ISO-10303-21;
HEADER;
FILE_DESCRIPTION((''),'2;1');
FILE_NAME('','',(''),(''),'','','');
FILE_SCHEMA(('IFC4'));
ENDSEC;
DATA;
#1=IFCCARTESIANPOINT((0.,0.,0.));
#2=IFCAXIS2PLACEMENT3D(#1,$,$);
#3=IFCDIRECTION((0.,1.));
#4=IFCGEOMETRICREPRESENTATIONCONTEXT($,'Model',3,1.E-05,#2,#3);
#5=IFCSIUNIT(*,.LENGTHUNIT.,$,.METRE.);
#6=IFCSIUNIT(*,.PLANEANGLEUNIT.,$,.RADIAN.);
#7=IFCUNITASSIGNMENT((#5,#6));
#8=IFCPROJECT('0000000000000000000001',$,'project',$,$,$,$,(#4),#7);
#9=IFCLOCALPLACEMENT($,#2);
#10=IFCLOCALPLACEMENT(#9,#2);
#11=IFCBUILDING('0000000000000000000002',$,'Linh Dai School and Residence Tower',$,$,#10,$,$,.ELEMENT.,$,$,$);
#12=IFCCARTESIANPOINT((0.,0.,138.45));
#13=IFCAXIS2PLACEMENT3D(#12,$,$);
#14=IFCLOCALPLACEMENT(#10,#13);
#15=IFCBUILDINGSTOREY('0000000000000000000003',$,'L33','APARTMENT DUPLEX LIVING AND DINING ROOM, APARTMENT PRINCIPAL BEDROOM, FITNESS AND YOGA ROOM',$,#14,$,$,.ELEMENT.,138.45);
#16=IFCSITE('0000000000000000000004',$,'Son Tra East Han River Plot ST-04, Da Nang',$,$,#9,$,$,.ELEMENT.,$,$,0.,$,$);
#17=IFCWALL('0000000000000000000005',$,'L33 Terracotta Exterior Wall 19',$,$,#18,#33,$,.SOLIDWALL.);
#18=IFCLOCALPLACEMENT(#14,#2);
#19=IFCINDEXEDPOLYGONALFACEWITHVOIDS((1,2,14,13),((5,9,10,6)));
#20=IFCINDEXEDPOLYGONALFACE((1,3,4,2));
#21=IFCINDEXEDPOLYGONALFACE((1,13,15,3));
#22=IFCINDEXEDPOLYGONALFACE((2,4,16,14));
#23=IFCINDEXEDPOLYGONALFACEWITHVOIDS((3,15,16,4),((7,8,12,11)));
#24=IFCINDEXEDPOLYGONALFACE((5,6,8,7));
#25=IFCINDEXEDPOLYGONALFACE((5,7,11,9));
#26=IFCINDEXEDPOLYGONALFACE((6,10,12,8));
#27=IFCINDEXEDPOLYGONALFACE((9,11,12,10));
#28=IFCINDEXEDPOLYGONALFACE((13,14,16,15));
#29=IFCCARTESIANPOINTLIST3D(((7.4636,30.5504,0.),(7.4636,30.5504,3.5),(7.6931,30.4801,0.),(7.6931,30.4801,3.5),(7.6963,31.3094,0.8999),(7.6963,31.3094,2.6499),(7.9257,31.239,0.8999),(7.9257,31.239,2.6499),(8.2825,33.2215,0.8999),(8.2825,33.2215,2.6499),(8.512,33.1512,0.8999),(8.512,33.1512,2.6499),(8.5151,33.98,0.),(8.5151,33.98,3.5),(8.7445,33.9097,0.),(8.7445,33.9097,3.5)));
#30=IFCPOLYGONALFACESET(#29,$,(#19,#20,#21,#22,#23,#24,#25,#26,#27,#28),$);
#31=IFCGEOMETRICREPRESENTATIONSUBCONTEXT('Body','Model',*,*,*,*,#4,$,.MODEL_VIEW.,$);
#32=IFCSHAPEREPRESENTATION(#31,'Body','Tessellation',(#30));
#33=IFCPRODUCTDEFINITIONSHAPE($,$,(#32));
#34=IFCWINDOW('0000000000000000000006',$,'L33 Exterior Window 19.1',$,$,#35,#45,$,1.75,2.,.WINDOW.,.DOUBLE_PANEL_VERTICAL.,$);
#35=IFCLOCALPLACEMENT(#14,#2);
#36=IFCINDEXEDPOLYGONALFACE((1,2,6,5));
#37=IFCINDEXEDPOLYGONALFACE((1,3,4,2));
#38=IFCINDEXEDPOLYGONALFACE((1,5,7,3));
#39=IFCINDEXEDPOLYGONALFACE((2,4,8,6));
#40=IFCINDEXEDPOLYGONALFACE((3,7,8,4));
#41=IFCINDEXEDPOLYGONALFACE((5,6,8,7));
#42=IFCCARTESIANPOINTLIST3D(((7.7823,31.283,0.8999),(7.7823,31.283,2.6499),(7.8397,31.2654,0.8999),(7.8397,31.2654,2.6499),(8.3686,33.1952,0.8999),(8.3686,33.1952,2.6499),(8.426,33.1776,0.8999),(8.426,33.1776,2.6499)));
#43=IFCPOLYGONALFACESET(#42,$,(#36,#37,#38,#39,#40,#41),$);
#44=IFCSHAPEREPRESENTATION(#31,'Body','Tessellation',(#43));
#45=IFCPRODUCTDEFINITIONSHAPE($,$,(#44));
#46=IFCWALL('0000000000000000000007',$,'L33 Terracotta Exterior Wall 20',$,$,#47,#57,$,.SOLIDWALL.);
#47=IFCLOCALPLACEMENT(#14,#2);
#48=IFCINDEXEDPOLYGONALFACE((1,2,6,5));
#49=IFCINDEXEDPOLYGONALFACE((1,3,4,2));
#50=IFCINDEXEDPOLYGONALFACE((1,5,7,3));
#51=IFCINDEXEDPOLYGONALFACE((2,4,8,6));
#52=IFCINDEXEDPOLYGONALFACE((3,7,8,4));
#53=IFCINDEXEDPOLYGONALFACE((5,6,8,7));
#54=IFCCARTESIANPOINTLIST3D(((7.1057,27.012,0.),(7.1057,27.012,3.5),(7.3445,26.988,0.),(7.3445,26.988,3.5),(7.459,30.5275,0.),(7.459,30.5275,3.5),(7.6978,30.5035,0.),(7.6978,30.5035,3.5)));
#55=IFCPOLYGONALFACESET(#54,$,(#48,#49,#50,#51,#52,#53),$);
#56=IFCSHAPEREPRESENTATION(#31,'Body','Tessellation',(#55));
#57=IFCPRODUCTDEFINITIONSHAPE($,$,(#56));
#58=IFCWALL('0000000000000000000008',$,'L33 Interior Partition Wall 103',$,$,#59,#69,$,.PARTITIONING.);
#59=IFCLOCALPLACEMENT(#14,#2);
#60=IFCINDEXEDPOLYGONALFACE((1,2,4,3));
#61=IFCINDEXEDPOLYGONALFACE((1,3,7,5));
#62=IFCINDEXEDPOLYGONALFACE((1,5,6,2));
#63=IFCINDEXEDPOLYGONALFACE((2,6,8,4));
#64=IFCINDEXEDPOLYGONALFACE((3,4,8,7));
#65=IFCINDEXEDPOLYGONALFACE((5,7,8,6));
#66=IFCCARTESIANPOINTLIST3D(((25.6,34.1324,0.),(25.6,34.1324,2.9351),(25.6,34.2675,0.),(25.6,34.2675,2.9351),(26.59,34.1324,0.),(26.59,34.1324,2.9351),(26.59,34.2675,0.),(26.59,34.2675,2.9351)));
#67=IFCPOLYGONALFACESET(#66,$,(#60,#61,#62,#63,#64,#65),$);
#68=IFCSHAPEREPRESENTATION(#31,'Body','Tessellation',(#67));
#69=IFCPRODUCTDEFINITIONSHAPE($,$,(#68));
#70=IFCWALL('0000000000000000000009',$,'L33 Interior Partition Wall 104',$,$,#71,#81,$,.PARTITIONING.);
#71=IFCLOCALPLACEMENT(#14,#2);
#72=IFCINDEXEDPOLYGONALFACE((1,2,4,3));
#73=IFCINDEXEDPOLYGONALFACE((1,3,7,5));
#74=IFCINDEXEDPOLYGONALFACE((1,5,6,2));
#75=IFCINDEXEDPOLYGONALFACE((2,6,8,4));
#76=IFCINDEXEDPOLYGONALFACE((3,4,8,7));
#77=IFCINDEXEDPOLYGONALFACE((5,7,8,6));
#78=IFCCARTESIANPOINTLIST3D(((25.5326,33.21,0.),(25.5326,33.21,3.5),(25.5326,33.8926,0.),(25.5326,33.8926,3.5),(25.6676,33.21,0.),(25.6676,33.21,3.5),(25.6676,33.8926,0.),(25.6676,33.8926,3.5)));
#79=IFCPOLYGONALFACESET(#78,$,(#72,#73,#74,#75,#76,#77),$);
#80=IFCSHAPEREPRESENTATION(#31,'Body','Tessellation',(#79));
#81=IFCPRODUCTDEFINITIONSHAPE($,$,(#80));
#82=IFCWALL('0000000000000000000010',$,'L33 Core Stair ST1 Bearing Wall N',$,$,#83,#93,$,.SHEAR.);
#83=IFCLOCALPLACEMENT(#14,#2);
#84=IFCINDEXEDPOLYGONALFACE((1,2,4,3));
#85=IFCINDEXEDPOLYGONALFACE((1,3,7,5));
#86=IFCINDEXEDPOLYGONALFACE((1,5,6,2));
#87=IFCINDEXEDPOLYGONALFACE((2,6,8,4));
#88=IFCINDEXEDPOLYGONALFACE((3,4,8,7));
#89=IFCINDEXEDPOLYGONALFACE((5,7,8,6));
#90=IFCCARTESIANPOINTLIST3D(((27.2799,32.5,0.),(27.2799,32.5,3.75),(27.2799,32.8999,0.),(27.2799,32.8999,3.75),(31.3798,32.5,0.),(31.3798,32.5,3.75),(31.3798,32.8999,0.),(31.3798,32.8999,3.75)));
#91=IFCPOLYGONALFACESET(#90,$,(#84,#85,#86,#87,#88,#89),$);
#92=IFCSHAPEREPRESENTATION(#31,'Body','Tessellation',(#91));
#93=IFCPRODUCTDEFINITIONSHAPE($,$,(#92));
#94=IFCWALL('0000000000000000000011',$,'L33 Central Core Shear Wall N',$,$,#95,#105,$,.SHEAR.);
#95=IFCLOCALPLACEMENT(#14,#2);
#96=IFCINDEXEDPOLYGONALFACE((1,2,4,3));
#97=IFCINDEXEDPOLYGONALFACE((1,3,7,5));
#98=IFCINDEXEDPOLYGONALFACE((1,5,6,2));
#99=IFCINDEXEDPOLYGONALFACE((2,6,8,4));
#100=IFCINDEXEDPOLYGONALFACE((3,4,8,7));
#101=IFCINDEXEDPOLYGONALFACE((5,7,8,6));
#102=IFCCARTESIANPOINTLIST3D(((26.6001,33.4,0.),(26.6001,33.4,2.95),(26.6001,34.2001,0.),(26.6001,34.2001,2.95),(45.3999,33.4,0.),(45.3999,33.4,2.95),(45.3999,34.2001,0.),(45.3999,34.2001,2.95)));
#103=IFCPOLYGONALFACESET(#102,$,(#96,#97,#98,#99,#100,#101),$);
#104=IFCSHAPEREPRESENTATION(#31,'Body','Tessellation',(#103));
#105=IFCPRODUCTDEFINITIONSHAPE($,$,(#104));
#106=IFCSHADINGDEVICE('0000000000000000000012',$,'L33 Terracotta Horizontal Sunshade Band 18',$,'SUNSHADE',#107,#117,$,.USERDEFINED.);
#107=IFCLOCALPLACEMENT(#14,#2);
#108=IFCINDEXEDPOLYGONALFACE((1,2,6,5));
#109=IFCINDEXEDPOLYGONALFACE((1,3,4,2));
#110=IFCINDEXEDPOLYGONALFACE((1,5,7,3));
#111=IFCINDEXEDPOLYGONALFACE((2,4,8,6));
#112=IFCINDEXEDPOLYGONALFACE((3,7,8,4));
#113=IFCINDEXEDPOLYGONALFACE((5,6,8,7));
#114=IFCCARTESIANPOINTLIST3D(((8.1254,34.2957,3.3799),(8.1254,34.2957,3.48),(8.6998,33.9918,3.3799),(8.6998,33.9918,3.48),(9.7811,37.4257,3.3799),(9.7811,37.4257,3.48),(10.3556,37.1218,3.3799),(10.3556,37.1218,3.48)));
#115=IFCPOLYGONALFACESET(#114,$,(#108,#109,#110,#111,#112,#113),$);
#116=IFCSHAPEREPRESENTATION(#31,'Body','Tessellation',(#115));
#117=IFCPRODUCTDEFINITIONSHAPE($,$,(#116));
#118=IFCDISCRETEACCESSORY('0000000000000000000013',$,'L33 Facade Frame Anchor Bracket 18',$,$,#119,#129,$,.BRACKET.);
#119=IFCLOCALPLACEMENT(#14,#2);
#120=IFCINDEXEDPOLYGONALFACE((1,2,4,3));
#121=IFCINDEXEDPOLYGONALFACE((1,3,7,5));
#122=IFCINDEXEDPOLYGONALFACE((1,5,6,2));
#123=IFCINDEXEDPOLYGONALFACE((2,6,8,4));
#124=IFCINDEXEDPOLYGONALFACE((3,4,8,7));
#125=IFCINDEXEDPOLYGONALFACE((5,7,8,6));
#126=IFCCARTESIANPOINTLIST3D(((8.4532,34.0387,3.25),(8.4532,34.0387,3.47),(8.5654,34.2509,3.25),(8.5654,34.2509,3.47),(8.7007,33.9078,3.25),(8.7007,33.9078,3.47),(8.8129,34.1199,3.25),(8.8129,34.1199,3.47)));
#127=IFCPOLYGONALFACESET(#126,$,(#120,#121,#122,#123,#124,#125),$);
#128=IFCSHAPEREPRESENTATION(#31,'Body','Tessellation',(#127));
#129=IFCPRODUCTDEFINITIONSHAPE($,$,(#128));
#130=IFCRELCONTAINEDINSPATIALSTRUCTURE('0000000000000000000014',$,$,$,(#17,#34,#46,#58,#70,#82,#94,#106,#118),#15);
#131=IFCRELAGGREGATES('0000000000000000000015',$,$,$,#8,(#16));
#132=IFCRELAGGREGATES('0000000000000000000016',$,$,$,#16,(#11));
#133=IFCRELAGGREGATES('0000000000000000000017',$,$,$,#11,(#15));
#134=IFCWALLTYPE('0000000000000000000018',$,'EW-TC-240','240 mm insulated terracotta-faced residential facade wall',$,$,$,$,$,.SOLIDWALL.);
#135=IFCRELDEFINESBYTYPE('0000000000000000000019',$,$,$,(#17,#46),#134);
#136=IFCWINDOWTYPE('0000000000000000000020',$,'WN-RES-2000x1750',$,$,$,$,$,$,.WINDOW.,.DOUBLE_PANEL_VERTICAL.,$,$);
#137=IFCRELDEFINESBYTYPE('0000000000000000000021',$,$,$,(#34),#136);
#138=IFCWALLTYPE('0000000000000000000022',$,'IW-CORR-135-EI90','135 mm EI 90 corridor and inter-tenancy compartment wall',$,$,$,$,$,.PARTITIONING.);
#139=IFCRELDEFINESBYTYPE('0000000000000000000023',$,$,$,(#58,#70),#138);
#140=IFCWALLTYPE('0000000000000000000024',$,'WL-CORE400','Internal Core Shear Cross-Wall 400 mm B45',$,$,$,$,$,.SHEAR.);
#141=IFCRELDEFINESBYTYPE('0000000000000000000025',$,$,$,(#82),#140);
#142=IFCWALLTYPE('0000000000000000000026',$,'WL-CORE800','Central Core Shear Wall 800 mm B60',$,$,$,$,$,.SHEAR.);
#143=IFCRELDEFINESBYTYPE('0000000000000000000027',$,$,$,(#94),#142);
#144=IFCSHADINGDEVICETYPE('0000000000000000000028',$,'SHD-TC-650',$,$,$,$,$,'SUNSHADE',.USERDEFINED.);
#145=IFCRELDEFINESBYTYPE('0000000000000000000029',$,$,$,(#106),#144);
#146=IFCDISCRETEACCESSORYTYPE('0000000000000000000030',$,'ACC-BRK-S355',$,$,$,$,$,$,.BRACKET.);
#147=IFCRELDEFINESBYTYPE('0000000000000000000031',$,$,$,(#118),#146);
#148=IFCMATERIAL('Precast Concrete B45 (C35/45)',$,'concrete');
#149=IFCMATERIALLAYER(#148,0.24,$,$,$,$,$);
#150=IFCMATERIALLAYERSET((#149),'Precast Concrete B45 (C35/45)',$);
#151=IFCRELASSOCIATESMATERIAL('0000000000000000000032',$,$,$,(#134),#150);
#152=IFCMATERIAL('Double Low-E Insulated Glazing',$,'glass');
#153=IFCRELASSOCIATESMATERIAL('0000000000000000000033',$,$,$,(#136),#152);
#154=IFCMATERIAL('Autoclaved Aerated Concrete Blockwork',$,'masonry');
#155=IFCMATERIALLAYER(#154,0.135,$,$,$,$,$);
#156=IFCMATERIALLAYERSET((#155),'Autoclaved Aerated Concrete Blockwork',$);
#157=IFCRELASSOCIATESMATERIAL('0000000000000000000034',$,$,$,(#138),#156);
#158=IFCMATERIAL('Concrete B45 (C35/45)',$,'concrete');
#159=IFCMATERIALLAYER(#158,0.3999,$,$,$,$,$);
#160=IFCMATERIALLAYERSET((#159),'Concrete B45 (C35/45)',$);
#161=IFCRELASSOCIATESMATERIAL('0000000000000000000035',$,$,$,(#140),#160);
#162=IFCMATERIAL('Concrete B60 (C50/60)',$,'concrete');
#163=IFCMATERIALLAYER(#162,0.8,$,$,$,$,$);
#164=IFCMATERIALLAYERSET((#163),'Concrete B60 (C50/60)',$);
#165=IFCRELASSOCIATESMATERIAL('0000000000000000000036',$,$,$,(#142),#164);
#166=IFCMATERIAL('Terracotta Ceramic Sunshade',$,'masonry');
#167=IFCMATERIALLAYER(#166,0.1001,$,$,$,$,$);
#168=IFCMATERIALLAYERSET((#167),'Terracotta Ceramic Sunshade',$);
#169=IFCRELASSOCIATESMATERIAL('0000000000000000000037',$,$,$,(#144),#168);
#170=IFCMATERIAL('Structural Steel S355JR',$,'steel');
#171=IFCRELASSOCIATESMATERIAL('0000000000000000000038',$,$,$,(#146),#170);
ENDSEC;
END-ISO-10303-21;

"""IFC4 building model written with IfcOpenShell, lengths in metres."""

from ifc_helpers import new_model, si_unit, direction, frame, frame_2d, origin, origin_2d, place, context, subcontext, project, spatial, rectangle, extrude, source, transform, mapped, material, layer, layer_set, type_object, element, fill, save


model = new_model("IFC4")

# Units and contexts
model_context = context("Model", 3, precision=1e-05, world=origin(), true_north=direction((0.0, 1.0)))
body_context = subcontext(model_context, "Body", "Model", "MODEL_VIEW")
ifc_project = project(units=[si_unit("LENGTHUNIT", "METRE"), si_unit("PLANEANGLEUNIT", "RADIAN")], contexts=[model_context])

# Site, building, storey
site_placement = place(None, origin())
site = spatial("IfcSite", under=ifc_project, at=site_placement, Name="Son Tra East Han River Plot ST-04, Da Nang", CompositionType="ELEMENT", RefElevation=0.0)
building_placement = place(site_placement, origin())
building = spatial("IfcBuilding", under=site, at=building_placement, Name="Linh Dai School and Residence Tower", CompositionType="ELEMENT")
storey_placement = place(building_placement, frame((0.0, 0.0, 138.45)))
storey = spatial("IfcBuildingStorey", under=building, at=storey_placement, Name="L33", Description="APARTMENT DUPLEX LIVING AND DINING ROOM, APARTMENT PRINCIPAL BEDROOM, FITNESS AND YOGA ROOM", CompositionType="ELEMENT", Elevation=138.45)

# Shared definitions
ifc_material_1 = material(Name="Concrete B60 (C50/60)", Category="concrete")
ifc_material_2 = material(Name="Structural Steel S355JR", Category="steel")

# Shared definitions
ifc_material_3 = material(Name="Precast Concrete B45 (C35/45)", Category="concrete")

# Shared definitions
ifc_layer_1 = layer(ifc_material_3, 0.24)
ifc_layer_set_1 = layer_set([ifc_layer_1], Name="Precast Concrete B45 (C35/45)")
wall_type_1 = type_object("IfcWallType", Name="EW-TC-240", Description="240 mm insulated terracotta-faced residential facade wall", PredefinedType="SOLIDWALL", material=ifc_layer_set_1)

# Wall, opening, window
wall_1_placement = place(storey_placement, frame((7.5784, 30.5154, 0.0), z_axis=(0.0, 0.0, 1.0), x_axis=(0.293124, 0.956074, 0.0)))
wall_1 = element("IfcWall", 1, at=wall_1_placement, inside=storey, type_object=wall_type_1, Name="L33 Terracotta Exterior Wall 19", PredefinedType="SOLIDWALL", context=body_context, shape_type="SweptSolid", body=[
    extrude(rectangle(XDim=3.5872, YDim=0.24, at=frame_2d((1.7935, 0.0))), origin(), (0.0, 0.0, 1.0), 3.5),
])
opening_placement = place(wall_1_placement, frame((0.7937, 0.0, 0.8999)))
opening = element("IfcOpeningElement", 2, at=opening_placement, cuts=wall_1, PredefinedType="OPENING", context=body_context, shape_type="SweptSolid", body=[
    extrude(rectangle(XDim=2.0, YDim=1.75, at=origin_2d()), frame((1.0, 0.1299, 0.875), z_axis=(0.0, -1.0, 0.0), x_axis=(1.0, 0.0, 0.0)), (0.0, 0.0, 1.0), 0.26),
])
ifc_material_4 = material(Name="Double Low-E Insulated Glazing", Category="glass")
window_type = type_object("IfcWindowType", Name="WN-RES-2000x1750", PartitioningType="DOUBLE_PANEL_VERTICAL", PredefinedType="WINDOW", material=ifc_material_4)
shared_shape_1 = source(origin(), body_context, "Body", "SweptSolid", [
    extrude(rectangle(XDim=2.0, YDim=1.75, at=origin_2d()), frame((1.0, 0.03, 0.875), z_axis=(0.0, -1.0, 0.0), x_axis=(1.0, 0.0, 0.0)), (0.0, 0.0, 1.0), 0.0601),
])
window_placement = place(opening_placement, origin())
window = element("IfcWindow", 3, at=window_placement, inside=storey, type_object=window_type, Name="L33 Exterior Window 19.1", OverallHeight=1.75, OverallWidth=2.0, PartitioningType="DOUBLE_PANEL_VERTICAL", PredefinedType="WINDOW", context=body_context, shape_type="MappedRepresentation", body=[
    mapped(shared_shape_1, transform((0.0, 0.0, 0.0), x_axis=(1.0, 0.0, 0.0), y_axis=(0.0, 1.0, 0.0), z_axis=(0.0, 0.0, 1.0), scale=1.0)),
])
fill(opening, window)

# Walls
wall_2_placement = place(storey_placement, frame((7.2251, 27.0, 0.0), z_axis=(0.0, 0.0, 1.0), x_axis=(0.099989, 0.994988, 0.0)))
element("IfcWall", 4, at=wall_2_placement, inside=storey, type_object=wall_type_1, Name="L33 Terracotta Exterior Wall 20", PredefinedType="SOLIDWALL", context=body_context, shape_type="SweptSolid", body=[
    extrude(rectangle(XDim=3.5332, YDim=0.24, at=frame_2d((1.7666, 0.0))), origin(), (0.0, 0.0, 1.0), 3.5),
])
ifc_material_5 = material(Name="Autoclaved Aerated Concrete Blockwork", Category="masonry")
ifc_layer_2 = layer(ifc_material_5, 0.135)
ifc_layer_set_2 = layer_set([ifc_layer_2], Name="Autoclaved Aerated Concrete Blockwork")
wall_type_2 = type_object("IfcWallType", Name="IW-CORR-135-EI90", Description="135 mm EI 90 corridor and inter-tenancy compartment wall", PredefinedType="PARTITIONING", material=ifc_layer_set_2)
wall_3_placement = place(storey_placement, frame((26.5901, 34.2, 0.0), z_axis=(0.0, 0.0, 1.0), x_axis=(-1.0, 0.0, 0.0)))
element("IfcWall", 5, at=wall_3_placement, inside=storey, type_object=wall_type_2, Name="L33 Interior Partition Wall 103", PredefinedType="PARTITIONING", context=body_context, shape_type="SweptSolid", body=[
    extrude(rectangle(XDim=0.99, YDim=0.135, at=frame_2d((0.4951, 0.0))), origin(), (0.0, 0.0, 1.0), 2.9351),
])
wall_4_placement = place(storey_placement, frame((25.6001, 33.8926, 0.0), z_axis=(0.0, 0.0, 1.0), x_axis=(0.0, -1.0, 0.0)))
element("IfcWall", 6, at=wall_4_placement, inside=storey, type_object=wall_type_2, Name="L33 Interior Partition Wall 104", PredefinedType="PARTITIONING", context=body_context, shape_type="SweptSolid", body=[
    extrude(rectangle(XDim=0.6826, YDim=0.135, at=frame_2d((0.3413, 0.0))), origin(), (0.0, 0.0, 1.0), 3.5),
])
ifc_material_6 = material(Name="Concrete B45 (C35/45)", Category="concrete")
ifc_layer_3 = layer(ifc_material_6, 0.3999)
ifc_layer_set_3 = layer_set([ifc_layer_3], Name="Concrete B45 (C35/45)")
wall_type_3 = type_object("IfcWallType", Name="WL-CORE400", Description="Internal Core Shear Cross-Wall 400 mm B45", PredefinedType="SHEAR", material=ifc_layer_set_3)
wall_5_placement = place(storey_placement, frame((27.28, 32.7, 0.0), z_axis=(0.0, 0.0, 1.0), x_axis=(1.0, 0.0, 0.0)))
element("IfcWall", 7, at=wall_5_placement, inside=storey, type_object=wall_type_3, Name="L33 Core Stair ST1 Bearing Wall N", PredefinedType="SHEAR", context=body_context, shape_type="SweptSolid", body=[
    extrude(rectangle(XDim=4.0999, YDim=0.3999, at=frame_2d((2.0498, 0.0))), origin(), (0.0, 0.0, 1.0), 3.75),
])
ifc_layer_4 = layer(ifc_material_1, 0.8)
ifc_layer_set_4 = layer_set([ifc_layer_4], Name="Concrete B60 (C50/60)")
wall_type_4 = type_object("IfcWallType", Name="WL-CORE800", Description="Central Core Shear Wall 800 mm B60", PredefinedType="SHEAR", material=ifc_layer_set_4)
wall_6_placement = place(storey_placement, frame((26.6001, 33.8, 0.0), z_axis=(0.0, 0.0, 1.0), x_axis=(1.0, 0.0, 0.0)))
element("IfcWall", 8, at=wall_6_placement, inside=storey, type_object=wall_type_4, Name="L33 Central Core Shear Wall N", PredefinedType="SHEAR", context=body_context, shape_type="SweptSolid", body=[
    extrude(rectangle(XDim=18.7998, YDim=0.8, at=frame_2d((9.3999, 0.0))), origin(), (0.0, 0.0, 1.0), 2.95),
])

# Shading device
ifc_material_7 = material(Name="Terracotta Ceramic Sunshade", Category="masonry")
ifc_layer_5 = layer(ifc_material_7, 0.1001)
ifc_layer_set_5 = layer_set([ifc_layer_5], Name="Terracotta Ceramic Sunshade")
shading_device_type = type_object("IfcShadingDeviceType", Name="SHD-TC-650", ElementType="SUNSHADE", PredefinedType="USERDEFINED", material=ifc_layer_set_5)
shared_shape_2 = source(origin(), body_context, "Body", "SweptSolid", [
    extrude(rectangle(XDim=3.541, YDim=0.6499, at=origin_2d()), origin(), (0.0, 0.0, 1.0), 0.1001),
])
shading_device_placement = place(storey_placement, frame((9.2405, 35.7087, 3.3799), z_axis=(0.0, 0.0, 1.0), x_axis=(0.467596, 0.883942, 0.0)))
element("IfcShadingDevice", 9, at=shading_device_placement, inside=storey, type_object=shading_device_type, Name="L33 Terracotta Horizontal Sunshade Band 18", ObjectType="SUNSHADE", PredefinedType="USERDEFINED", context=body_context, shape_type="MappedRepresentation", body=[
    mapped(shared_shape_2, transform((0.0, 0.0, 0.0), x_axis=(1.0, 0.0, 0.0), y_axis=(0.0, 1.0, 0.0), z_axis=(0.0, 0.0, 1.0), scale=1.0)),
])

# Discrete accessory
discrete_accessory_type = type_object("IfcDiscreteAccessoryType", Name="ACC-BRK-S355", PredefinedType="BRACKET", material=ifc_material_2)
shared_shape_3 = source(origin(), body_context, "Body", "SweptSolid", [
    extrude(rectangle(XDim=0.28, YDim=0.24, at=origin_2d()), origin(), (0.0, 0.0, 1.0), 0.22),
])
discrete_accessory_placement = place(storey_placement, frame((8.6331, 34.0793, 3.25), z_axis=(0.0, 0.0, 1.0), x_axis=(-0.883942, 0.467596, 0.0)))
element("IfcDiscreteAccessory", 10, at=discrete_accessory_placement, inside=storey, type_object=discrete_accessory_type, Name="L33 Facade Frame Anchor Bracket 18", PredefinedType="BRACKET", context=body_context, shape_type="MappedRepresentation", body=[
    mapped(shared_shape_3, transform((0.0, 0.0, 0.0), x_axis=(1.0, 0.0, 0.0), y_axis=(0.0, 1.0, 0.0), z_axis=(0.0, 0.0, 1.0), scale=1.0)),
])

save(model, "model.ifc")
